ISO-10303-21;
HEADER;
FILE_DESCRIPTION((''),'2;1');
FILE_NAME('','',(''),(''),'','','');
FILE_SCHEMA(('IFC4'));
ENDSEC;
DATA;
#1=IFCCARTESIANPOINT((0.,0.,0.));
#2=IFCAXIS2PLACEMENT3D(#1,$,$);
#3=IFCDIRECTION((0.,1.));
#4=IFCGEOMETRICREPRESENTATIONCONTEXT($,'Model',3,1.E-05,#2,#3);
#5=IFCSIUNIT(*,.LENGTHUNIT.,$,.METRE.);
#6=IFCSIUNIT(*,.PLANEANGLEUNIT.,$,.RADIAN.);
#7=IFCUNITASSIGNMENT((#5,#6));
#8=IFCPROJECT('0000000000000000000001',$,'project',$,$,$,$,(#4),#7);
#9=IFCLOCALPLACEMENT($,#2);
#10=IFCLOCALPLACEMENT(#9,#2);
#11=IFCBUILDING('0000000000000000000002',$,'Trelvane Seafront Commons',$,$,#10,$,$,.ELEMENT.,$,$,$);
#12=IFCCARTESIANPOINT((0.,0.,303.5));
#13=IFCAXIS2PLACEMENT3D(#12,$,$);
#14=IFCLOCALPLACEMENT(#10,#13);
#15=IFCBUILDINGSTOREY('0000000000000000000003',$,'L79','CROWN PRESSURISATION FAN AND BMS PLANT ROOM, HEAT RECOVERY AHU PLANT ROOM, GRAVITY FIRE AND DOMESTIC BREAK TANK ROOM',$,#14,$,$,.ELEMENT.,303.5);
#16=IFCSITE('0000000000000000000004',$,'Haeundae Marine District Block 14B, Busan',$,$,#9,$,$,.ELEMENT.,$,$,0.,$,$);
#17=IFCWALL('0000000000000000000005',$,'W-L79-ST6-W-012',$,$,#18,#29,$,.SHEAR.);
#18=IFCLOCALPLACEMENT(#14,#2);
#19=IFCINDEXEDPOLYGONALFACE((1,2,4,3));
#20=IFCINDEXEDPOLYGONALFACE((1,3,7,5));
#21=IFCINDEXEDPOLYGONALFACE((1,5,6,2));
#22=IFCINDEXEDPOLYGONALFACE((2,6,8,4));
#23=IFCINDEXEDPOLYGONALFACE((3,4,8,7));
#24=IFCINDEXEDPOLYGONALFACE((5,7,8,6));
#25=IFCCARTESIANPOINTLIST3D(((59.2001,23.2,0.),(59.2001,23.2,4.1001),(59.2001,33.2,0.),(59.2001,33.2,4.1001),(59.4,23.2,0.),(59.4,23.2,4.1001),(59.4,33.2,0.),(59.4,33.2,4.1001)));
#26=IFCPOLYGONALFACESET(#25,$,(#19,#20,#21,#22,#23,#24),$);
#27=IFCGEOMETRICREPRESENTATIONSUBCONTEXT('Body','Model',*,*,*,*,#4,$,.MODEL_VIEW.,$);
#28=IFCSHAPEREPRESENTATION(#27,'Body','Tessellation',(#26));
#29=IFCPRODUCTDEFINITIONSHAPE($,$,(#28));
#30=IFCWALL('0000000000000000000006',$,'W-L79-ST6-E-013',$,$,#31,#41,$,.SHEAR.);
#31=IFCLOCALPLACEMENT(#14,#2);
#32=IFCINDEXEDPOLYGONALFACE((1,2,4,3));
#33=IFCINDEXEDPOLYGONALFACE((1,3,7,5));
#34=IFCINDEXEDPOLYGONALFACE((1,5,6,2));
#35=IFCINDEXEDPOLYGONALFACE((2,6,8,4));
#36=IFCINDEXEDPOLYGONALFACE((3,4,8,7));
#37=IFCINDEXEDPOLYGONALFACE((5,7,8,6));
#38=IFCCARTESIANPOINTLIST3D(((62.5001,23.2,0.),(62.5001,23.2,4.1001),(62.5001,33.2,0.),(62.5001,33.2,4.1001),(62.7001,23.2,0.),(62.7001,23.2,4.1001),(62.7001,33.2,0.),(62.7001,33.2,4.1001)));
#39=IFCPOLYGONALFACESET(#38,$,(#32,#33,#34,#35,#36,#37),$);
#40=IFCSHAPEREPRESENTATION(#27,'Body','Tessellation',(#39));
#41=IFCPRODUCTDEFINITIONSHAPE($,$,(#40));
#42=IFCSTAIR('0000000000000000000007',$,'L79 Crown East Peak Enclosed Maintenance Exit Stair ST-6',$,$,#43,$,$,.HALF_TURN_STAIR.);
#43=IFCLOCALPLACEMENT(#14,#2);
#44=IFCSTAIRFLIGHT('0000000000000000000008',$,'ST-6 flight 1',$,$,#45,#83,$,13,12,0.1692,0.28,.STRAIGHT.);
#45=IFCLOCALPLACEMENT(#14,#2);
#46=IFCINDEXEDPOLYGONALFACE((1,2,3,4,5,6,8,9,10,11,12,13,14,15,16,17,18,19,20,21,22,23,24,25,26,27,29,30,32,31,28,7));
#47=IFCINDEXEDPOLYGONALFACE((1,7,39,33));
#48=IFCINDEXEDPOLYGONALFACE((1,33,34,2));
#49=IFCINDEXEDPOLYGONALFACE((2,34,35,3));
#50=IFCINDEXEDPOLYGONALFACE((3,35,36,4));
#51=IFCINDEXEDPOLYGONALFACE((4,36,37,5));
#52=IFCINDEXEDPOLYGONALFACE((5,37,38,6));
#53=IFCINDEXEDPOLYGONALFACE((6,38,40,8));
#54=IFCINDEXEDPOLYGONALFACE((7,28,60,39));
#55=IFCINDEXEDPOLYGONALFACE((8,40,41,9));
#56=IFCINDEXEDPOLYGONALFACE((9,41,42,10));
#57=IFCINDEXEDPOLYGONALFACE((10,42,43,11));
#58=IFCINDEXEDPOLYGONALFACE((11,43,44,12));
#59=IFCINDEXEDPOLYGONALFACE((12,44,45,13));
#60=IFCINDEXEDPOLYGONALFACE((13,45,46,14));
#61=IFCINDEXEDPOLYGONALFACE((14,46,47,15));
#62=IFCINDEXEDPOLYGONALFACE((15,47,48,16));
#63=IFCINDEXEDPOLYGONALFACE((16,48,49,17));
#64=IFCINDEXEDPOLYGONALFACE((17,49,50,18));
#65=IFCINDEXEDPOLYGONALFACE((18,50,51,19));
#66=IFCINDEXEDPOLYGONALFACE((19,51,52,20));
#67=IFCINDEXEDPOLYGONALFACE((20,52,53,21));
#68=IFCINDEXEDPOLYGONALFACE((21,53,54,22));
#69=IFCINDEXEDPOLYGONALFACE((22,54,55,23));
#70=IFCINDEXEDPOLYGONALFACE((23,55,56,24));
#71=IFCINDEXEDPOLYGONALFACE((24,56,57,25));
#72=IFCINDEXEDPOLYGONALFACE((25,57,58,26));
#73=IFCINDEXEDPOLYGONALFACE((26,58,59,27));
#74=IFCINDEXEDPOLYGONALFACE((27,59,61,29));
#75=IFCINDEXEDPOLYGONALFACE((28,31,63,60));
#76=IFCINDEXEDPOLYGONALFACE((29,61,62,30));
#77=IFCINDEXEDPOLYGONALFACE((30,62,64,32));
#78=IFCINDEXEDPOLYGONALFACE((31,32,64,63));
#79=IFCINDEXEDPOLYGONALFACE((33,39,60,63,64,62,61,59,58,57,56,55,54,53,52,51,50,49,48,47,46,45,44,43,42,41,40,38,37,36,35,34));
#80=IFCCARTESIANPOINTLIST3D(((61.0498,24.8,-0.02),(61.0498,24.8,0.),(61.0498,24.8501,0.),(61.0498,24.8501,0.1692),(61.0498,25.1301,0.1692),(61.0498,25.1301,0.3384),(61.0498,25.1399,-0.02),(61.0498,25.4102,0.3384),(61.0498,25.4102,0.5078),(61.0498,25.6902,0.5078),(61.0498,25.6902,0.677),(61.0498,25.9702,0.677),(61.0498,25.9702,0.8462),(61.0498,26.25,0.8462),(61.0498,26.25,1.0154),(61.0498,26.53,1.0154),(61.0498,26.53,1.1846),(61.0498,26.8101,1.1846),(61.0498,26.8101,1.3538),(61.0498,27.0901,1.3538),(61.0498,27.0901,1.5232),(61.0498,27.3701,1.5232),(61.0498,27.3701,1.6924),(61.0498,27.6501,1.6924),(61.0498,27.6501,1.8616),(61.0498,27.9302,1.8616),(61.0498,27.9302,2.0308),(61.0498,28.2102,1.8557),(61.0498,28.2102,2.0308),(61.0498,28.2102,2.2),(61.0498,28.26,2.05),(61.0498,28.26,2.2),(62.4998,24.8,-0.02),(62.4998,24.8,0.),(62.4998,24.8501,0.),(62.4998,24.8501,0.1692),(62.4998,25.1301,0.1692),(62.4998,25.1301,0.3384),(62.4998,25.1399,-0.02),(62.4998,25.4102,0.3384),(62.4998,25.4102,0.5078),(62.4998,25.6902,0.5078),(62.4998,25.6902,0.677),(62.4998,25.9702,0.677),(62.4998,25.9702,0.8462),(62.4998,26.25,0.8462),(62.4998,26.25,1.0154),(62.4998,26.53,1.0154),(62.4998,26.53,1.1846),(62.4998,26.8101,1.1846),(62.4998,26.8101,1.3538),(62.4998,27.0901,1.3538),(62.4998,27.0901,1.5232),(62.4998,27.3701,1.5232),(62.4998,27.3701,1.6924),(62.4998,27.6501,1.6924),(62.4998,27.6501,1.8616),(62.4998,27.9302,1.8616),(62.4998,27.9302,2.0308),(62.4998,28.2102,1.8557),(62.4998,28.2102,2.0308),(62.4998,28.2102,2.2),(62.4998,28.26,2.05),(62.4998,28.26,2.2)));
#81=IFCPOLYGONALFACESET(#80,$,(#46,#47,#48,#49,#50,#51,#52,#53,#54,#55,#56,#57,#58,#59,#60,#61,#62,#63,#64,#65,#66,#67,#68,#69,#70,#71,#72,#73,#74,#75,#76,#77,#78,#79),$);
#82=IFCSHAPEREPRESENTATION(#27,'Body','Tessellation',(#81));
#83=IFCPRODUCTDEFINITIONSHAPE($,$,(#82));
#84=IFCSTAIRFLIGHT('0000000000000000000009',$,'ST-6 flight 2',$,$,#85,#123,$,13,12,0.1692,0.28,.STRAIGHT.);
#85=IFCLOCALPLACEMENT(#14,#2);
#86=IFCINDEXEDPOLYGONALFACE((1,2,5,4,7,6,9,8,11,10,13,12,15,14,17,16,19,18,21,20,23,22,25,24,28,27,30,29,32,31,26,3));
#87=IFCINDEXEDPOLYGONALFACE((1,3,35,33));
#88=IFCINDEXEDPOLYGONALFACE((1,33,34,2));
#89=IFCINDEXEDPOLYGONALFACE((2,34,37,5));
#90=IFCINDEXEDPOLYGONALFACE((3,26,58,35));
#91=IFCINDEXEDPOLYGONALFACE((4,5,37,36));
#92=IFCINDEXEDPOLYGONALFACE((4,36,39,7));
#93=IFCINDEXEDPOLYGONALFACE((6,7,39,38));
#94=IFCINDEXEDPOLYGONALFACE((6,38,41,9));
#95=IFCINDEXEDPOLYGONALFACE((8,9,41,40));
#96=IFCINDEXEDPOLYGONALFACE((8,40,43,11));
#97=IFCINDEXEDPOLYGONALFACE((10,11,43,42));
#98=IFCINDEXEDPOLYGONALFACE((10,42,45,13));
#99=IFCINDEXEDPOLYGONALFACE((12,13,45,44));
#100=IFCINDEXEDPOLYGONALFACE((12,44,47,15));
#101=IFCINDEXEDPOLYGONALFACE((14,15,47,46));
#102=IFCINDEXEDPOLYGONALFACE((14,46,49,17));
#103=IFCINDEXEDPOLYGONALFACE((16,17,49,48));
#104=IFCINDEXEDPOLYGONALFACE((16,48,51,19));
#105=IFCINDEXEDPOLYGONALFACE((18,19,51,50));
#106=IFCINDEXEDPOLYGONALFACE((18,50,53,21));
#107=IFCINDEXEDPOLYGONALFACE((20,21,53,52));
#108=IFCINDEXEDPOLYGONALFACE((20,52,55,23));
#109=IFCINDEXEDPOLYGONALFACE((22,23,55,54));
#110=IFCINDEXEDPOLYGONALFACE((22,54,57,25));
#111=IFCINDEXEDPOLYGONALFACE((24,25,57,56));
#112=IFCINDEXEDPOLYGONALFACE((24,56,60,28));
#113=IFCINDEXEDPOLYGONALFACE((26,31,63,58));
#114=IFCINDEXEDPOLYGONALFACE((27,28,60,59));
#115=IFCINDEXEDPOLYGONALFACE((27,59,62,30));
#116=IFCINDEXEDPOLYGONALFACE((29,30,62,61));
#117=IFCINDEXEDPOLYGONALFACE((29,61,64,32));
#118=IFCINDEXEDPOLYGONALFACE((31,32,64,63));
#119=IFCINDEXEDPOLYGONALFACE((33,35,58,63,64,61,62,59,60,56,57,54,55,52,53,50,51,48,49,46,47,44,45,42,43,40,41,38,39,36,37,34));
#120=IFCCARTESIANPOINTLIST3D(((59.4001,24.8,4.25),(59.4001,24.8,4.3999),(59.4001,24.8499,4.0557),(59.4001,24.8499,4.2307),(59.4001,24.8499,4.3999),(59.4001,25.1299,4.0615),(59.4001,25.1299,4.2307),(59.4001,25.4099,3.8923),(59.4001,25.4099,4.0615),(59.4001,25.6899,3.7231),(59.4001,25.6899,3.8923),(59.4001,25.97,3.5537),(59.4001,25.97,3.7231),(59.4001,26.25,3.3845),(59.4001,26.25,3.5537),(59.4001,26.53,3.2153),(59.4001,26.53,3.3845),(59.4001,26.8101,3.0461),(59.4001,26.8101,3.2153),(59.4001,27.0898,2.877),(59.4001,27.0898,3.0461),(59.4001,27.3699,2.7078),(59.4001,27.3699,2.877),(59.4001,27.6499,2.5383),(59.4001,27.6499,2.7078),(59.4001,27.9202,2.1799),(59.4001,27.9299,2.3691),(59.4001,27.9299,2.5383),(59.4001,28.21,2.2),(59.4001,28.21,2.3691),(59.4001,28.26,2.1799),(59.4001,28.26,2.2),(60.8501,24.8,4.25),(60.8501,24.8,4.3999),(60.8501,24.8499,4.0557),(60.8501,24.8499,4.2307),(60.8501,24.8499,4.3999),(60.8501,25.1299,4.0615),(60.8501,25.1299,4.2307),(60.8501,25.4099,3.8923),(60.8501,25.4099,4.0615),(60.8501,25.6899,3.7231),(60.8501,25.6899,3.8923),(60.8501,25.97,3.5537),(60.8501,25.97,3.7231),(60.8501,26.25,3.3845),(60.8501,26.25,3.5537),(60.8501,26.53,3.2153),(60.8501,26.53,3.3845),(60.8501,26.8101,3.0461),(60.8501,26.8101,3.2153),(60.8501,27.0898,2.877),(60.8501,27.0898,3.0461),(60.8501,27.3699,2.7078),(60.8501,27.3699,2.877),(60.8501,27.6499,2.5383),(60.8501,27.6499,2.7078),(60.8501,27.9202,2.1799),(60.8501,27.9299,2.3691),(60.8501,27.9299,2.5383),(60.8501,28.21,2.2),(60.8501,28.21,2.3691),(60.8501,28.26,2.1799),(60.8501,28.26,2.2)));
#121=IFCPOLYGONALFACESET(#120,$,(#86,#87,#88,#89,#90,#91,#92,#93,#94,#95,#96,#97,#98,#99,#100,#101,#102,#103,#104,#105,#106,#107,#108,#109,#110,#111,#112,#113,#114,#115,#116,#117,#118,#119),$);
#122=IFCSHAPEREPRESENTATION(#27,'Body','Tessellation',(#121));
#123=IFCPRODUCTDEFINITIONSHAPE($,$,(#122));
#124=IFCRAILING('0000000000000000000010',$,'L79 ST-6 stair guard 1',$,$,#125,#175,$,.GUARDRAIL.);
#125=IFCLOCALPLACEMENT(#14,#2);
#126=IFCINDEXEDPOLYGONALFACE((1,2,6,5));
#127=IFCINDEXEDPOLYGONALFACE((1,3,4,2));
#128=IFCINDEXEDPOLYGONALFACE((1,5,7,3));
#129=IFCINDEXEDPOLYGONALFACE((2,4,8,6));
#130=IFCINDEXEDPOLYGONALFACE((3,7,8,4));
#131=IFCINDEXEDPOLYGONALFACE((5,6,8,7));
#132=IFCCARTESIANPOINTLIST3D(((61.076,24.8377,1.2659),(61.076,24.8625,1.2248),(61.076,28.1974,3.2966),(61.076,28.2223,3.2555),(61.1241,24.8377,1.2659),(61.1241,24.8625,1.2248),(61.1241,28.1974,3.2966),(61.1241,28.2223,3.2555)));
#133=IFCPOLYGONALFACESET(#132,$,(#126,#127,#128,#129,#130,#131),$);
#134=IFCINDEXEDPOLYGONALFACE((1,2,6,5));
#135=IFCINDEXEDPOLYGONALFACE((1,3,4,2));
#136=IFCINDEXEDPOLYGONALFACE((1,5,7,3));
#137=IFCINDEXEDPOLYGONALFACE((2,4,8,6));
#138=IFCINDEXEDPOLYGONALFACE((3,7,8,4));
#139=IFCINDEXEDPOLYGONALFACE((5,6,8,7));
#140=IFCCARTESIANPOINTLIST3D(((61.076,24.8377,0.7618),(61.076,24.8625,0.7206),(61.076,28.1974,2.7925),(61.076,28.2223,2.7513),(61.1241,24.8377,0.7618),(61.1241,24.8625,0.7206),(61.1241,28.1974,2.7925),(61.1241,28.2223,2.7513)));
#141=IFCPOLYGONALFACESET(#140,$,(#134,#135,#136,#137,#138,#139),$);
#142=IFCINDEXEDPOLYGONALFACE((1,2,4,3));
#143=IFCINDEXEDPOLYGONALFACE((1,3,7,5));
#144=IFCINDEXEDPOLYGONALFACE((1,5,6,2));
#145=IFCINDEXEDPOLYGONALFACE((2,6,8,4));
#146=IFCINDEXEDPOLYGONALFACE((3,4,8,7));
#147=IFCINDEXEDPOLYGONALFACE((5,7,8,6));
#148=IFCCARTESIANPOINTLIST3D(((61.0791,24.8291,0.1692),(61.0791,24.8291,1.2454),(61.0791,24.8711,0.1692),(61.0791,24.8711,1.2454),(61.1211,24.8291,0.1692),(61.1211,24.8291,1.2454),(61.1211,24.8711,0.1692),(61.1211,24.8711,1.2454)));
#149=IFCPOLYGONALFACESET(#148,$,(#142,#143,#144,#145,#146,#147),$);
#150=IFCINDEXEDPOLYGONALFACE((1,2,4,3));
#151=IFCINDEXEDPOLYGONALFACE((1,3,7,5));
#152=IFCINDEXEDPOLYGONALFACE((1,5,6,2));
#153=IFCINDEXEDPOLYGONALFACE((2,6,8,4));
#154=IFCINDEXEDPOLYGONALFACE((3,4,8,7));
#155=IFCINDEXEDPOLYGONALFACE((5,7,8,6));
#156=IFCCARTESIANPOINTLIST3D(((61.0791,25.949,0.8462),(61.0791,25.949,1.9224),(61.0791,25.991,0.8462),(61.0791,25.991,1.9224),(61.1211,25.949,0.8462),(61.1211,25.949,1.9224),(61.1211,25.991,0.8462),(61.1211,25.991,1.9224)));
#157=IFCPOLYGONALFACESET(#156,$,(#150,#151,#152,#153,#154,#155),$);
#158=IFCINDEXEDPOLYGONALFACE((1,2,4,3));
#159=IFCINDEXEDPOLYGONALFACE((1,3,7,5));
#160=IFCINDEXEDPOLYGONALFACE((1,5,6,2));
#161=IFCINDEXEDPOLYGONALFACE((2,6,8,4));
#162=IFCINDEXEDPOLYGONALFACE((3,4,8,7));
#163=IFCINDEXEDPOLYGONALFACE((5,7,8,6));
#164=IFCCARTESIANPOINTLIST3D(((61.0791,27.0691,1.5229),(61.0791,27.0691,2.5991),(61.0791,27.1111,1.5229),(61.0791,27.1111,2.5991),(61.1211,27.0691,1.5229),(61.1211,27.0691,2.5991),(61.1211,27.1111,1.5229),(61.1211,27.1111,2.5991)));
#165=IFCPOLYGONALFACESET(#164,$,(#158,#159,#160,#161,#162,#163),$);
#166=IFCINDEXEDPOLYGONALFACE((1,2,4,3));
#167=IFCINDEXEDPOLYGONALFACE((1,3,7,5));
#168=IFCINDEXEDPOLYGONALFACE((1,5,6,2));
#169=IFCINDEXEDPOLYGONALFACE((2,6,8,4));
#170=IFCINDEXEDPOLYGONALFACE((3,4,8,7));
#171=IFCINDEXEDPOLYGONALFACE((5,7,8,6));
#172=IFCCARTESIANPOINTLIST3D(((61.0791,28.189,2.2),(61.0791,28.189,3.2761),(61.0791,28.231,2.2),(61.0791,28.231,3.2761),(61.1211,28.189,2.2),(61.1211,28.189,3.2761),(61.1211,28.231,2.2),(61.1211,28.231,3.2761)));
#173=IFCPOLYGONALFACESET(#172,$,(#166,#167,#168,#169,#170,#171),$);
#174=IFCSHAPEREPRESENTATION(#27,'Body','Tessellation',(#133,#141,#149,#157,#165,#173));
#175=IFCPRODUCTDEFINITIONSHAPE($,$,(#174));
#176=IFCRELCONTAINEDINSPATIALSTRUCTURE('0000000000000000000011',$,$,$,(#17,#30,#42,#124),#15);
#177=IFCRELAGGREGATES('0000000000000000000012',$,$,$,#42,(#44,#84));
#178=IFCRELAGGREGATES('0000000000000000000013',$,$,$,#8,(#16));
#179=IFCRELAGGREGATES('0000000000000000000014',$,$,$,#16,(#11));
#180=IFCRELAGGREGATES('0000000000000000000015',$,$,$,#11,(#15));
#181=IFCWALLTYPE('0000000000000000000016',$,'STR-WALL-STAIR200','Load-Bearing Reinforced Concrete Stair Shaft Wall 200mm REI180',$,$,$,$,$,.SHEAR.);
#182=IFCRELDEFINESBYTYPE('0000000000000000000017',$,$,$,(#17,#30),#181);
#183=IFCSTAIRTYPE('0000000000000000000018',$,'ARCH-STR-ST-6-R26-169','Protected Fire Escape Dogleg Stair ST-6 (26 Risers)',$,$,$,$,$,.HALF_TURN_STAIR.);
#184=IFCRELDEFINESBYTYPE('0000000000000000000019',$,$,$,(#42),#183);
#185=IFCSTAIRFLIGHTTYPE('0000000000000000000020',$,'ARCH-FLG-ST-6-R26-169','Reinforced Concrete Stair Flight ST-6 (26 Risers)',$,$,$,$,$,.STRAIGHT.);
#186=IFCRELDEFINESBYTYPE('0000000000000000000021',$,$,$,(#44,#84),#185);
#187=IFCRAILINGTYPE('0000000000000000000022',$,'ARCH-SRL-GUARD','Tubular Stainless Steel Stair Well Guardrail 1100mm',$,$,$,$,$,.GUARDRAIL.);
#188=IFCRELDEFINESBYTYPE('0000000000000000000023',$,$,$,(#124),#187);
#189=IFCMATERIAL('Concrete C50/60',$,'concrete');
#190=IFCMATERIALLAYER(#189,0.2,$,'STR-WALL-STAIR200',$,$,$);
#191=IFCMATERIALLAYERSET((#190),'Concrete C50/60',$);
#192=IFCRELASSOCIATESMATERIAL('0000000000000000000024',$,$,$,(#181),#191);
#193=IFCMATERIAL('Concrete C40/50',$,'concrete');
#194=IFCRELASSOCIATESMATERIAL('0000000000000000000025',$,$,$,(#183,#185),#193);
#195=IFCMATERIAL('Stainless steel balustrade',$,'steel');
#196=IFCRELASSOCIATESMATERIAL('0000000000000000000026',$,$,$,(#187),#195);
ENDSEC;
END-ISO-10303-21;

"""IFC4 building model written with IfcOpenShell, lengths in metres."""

from ifc_helpers import new_model, si_unit, direction, frame, frame_2d, origin, origin_2d, place, context, subcontext, project, spatial, polyline, rectangle, outline, extrude, source, transform, mapped, material, layer, layer_set, type_object, element, aggregate, save


model = new_model("IFC4")

# Units and contexts
model_context = context("Model", 3, precision=1e-05, world=origin(), true_north=direction((0.0, 1.0)))
body_context = subcontext(model_context, "Body", "Model", "MODEL_VIEW")
ifc_project = project(units=[si_unit("LENGTHUNIT", "METRE"), si_unit("PLANEANGLEUNIT", "RADIAN")], contexts=[model_context])

# Site, building, storey
site_placement = place(None, origin())
site = spatial("IfcSite", under=ifc_project, at=site_placement, Name="Haeundae Marine District Block 14B, Busan", CompositionType="ELEMENT", RefElevation=0.0)
building_placement = place(site_placement, origin())
building = spatial("IfcBuilding", under=site, at=building_placement, Name="Trelvane Seafront Commons", CompositionType="ELEMENT")
storey_placement = place(building_placement, frame((0.0, 0.0, 303.5)))
storey = spatial("IfcBuildingStorey", under=building, at=storey_placement, Name="L79", Description="CROWN PRESSURISATION FAN AND BMS PLANT ROOM, HEAT RECOVERY AHU PLANT ROOM, GRAVITY FIRE AND DOMESTIC BREAK TANK ROOM", CompositionType="ELEMENT", Elevation=303.5)

# Shared definitions
ifc_material_1 = material(Name="Concrete C40/50", Category="concrete")

# Walls
ifc_material_2 = material(Name="Concrete C50/60", Category="concrete")
ifc_layer_1 = layer(ifc_material_2, 0.2, Name="STR-WALL-STAIR200")
ifc_layer_set_1 = layer_set([ifc_layer_1], Name="Concrete C50/60")
wall_type_1 = type_object("IfcWallType", Name="STR-WALL-STAIR200", Description="Load-Bearing Reinforced Concrete Stair Shaft Wall 200mm REI180", PredefinedType="SHEAR", material=ifc_layer_set_1)
for number, where, z_axis, x_axis, name in (
    (1, (59.3, 23.2, 0.0), (0.0, 0.0, 1.0), (0.0, 1.0, 0.0), "W-L79-ST6-W-012"),
    (2, (62.6001, 23.2, 0.0), (0.0, 0.0, 1.0), (0.0, 1.0, 0.0), "W-L79-ST6-E-013"),
):
    element("IfcWall", number, at=place(storey_placement, frame(where, z_axis=z_axis, x_axis=x_axis)), inside=storey, type_object=wall_type_1, Name=name, PredefinedType="SHEAR", context=body_context, shape_type="SweptSolid", body=[
        extrude(rectangle(XDim=10.0, YDim=0.2, at=frame_2d((5.0, 0.0))), origin(), (0.0, 0.0, 1.0), 4.1001),
    ])

# Stair, stair flights
stair_type = type_object("IfcStairType", Name="ARCH-STR-ST-6-R26-169", Description="Protected Fire Escape Dogleg Stair ST-6 (26 Risers)", PredefinedType="HALF_TURN_STAIR", material=ifc_material_1)
stair_placement = place(storey_placement, origin())
stair = element("IfcStair", 3, at=stair_placement, inside=storey, type_object=stair_type, Name="L79 Crown East Peak Enclosed Maintenance Exit Stair ST-6", PredefinedType="HALF_TURN_STAIR")
stair_flight_type = type_object("IfcStairFlightType", Name="ARCH-FLG-ST-6-R26-169", Description="Reinforced Concrete Stair Flight ST-6 (26 Risers)", PredefinedType="STRAIGHT", material=ifc_material_1)
shared_shape_1 = source(origin(), body_context, "Body", "SweptSolid", [
    extrude(outline(polyline([(-0.05, -0.02), (-0.05, 0.0), (0.0, 0.0), (0.0, 0.1692), (0.28, 0.1692), (0.28, 0.3384), (0.5601, 0.3384), (0.5601, 0.5078), (0.8401, 0.5078), (0.8401, 0.677), (1.1201, 0.677), (1.1201, 0.8462), (1.3999, 0.8462), (1.3999, 1.0154), (1.6799, 1.0154), (1.6799, 1.1846), (1.96, 1.1846), (1.96, 1.3538), (2.24, 1.3538), (2.24, 1.5232), (2.52, 1.5232), (2.52, 1.6924), (2.8, 1.6924), (2.8, 1.8616), (3.0801, 1.8616), (3.0801, 2.0308), (3.3601, 2.0308), (3.3601, 2.2), (3.4099, 2.2), (3.4099, 2.05), (3.3601, 1.8557), (0.2898, -0.02), (-0.05, -0.02)])), frame((0.0, 0.7251, 0.0), z_axis=(0.0, -1.0, 0.0), x_axis=(1.0, 0.0, 0.0)), (0.0, 0.0, 1.0), 1.45),
])
stair_flight_1_placement = place(storey_placement, frame((61.7749, 24.8501, 0.0), z_axis=(0.0, 0.0, 1.0), x_axis=(0.0, 1.0, 0.0)))
stair_flight_1 = element("IfcStairFlight", 4, at=stair_flight_1_placement, type_object=stair_flight_type, Name="ST-6 flight 1", NumberOfRisers=13, NumberOfTreads=12, PredefinedType="STRAIGHT", RiserHeight=0.1692, TreadLength=0.28, context=body_context, shape_type="MappedRepresentation", body=[
    mapped(shared_shape_1, transform((0.0, 0.0, 0.0), x_axis=(1.0, 0.0, 0.0), y_axis=(0.0, 1.0, 0.0), z_axis=(0.0, 0.0, 1.0), scale=1.0)),
])
stair_flight_2_placement = place(storey_placement, frame((60.125, 28.21, 2.2), z_axis=(0.0, 0.0, 1.0), x_axis=(0.0, -1.0, 0.0)))
stair_flight_2 = element("IfcStairFlight", 5, at=stair_flight_2_placement, type_object=stair_flight_type, Name="ST-6 flight 2", NumberOfRisers=13, NumberOfTreads=12, PredefinedType="STRAIGHT", RiserHeight=0.1692, TreadLength=0.28, context=body_context, shape_type="MappedRepresentation", body=[
    mapped(shared_shape_1, transform((0.0, 0.0, 0.0), x_axis=(1.0, 0.0, 0.0), y_axis=(0.0, 1.0, 0.0), z_axis=(0.0, 0.0, 1.0), scale=1.0)),
])
aggregate(stair, [stair_flight_1, stair_flight_2])

# Railing
ifc_material_3 = material(Name="Stainless steel balustrade", Category="steel")
railing_type_1 = type_object("IfcRailingType", Name="ARCH-SRL-GUARD", Description="Tubular Stainless Steel Stair Well Guardrail 1100mm", PredefinedType="GUARDRAIL", material=ifc_material_3)
railing_1_placement = place(storey_placement, frame((61.1001, 24.8501, 0.1692)))
element("IfcRailing", 6, at=railing_1_placement, inside=storey, type_object=railing_type_1, Name="L79 ST-6 stair guard 1", PredefinedType="GUARDRAIL", context=body_context, shape_type="SweptSolid", body=[
    extrude(rectangle(XDim=0.0481, YDim=0.0481, at=origin_2d()), frame((0.0, 0.0, 1.0762), z_axis=(0.0, 0.85582, 0.517273), x_axis=(-1.0, 0.0, 0.0)), (0.0, 0.0, 1.0), 3.9258),
    extrude(rectangle(XDim=0.0481, YDim=0.0481, at=origin_2d()), frame((0.0, 0.0, 0.572), z_axis=(0.0, 0.85582, 0.517273), x_axis=(-1.0, 0.0, 0.0)), (0.0, 0.0, 1.0), 3.9258),
    extrude(rectangle(XDim=0.042, YDim=0.042, at=origin_2d()), origin(), (0.0, 0.0, 1.0), 1.0762),
    extrude(rectangle(XDim=0.042, YDim=0.042, at=origin_2d()), frame((0.0, 1.1199, 0.677)), (0.0, 0.0, 1.0), 1.0762),
    extrude(rectangle(XDim=0.042, YDim=0.042, at=origin_2d()), frame((0.0, 2.24, 1.3538)), (0.0, 0.0, 1.0), 1.0762),
    extrude(rectangle(XDim=0.042, YDim=0.042, at=origin_2d()), frame((0.0, 3.3599, 2.0308)), (0.0, 0.0, 1.0), 1.0762),
])

save(model, "model.ifc")
